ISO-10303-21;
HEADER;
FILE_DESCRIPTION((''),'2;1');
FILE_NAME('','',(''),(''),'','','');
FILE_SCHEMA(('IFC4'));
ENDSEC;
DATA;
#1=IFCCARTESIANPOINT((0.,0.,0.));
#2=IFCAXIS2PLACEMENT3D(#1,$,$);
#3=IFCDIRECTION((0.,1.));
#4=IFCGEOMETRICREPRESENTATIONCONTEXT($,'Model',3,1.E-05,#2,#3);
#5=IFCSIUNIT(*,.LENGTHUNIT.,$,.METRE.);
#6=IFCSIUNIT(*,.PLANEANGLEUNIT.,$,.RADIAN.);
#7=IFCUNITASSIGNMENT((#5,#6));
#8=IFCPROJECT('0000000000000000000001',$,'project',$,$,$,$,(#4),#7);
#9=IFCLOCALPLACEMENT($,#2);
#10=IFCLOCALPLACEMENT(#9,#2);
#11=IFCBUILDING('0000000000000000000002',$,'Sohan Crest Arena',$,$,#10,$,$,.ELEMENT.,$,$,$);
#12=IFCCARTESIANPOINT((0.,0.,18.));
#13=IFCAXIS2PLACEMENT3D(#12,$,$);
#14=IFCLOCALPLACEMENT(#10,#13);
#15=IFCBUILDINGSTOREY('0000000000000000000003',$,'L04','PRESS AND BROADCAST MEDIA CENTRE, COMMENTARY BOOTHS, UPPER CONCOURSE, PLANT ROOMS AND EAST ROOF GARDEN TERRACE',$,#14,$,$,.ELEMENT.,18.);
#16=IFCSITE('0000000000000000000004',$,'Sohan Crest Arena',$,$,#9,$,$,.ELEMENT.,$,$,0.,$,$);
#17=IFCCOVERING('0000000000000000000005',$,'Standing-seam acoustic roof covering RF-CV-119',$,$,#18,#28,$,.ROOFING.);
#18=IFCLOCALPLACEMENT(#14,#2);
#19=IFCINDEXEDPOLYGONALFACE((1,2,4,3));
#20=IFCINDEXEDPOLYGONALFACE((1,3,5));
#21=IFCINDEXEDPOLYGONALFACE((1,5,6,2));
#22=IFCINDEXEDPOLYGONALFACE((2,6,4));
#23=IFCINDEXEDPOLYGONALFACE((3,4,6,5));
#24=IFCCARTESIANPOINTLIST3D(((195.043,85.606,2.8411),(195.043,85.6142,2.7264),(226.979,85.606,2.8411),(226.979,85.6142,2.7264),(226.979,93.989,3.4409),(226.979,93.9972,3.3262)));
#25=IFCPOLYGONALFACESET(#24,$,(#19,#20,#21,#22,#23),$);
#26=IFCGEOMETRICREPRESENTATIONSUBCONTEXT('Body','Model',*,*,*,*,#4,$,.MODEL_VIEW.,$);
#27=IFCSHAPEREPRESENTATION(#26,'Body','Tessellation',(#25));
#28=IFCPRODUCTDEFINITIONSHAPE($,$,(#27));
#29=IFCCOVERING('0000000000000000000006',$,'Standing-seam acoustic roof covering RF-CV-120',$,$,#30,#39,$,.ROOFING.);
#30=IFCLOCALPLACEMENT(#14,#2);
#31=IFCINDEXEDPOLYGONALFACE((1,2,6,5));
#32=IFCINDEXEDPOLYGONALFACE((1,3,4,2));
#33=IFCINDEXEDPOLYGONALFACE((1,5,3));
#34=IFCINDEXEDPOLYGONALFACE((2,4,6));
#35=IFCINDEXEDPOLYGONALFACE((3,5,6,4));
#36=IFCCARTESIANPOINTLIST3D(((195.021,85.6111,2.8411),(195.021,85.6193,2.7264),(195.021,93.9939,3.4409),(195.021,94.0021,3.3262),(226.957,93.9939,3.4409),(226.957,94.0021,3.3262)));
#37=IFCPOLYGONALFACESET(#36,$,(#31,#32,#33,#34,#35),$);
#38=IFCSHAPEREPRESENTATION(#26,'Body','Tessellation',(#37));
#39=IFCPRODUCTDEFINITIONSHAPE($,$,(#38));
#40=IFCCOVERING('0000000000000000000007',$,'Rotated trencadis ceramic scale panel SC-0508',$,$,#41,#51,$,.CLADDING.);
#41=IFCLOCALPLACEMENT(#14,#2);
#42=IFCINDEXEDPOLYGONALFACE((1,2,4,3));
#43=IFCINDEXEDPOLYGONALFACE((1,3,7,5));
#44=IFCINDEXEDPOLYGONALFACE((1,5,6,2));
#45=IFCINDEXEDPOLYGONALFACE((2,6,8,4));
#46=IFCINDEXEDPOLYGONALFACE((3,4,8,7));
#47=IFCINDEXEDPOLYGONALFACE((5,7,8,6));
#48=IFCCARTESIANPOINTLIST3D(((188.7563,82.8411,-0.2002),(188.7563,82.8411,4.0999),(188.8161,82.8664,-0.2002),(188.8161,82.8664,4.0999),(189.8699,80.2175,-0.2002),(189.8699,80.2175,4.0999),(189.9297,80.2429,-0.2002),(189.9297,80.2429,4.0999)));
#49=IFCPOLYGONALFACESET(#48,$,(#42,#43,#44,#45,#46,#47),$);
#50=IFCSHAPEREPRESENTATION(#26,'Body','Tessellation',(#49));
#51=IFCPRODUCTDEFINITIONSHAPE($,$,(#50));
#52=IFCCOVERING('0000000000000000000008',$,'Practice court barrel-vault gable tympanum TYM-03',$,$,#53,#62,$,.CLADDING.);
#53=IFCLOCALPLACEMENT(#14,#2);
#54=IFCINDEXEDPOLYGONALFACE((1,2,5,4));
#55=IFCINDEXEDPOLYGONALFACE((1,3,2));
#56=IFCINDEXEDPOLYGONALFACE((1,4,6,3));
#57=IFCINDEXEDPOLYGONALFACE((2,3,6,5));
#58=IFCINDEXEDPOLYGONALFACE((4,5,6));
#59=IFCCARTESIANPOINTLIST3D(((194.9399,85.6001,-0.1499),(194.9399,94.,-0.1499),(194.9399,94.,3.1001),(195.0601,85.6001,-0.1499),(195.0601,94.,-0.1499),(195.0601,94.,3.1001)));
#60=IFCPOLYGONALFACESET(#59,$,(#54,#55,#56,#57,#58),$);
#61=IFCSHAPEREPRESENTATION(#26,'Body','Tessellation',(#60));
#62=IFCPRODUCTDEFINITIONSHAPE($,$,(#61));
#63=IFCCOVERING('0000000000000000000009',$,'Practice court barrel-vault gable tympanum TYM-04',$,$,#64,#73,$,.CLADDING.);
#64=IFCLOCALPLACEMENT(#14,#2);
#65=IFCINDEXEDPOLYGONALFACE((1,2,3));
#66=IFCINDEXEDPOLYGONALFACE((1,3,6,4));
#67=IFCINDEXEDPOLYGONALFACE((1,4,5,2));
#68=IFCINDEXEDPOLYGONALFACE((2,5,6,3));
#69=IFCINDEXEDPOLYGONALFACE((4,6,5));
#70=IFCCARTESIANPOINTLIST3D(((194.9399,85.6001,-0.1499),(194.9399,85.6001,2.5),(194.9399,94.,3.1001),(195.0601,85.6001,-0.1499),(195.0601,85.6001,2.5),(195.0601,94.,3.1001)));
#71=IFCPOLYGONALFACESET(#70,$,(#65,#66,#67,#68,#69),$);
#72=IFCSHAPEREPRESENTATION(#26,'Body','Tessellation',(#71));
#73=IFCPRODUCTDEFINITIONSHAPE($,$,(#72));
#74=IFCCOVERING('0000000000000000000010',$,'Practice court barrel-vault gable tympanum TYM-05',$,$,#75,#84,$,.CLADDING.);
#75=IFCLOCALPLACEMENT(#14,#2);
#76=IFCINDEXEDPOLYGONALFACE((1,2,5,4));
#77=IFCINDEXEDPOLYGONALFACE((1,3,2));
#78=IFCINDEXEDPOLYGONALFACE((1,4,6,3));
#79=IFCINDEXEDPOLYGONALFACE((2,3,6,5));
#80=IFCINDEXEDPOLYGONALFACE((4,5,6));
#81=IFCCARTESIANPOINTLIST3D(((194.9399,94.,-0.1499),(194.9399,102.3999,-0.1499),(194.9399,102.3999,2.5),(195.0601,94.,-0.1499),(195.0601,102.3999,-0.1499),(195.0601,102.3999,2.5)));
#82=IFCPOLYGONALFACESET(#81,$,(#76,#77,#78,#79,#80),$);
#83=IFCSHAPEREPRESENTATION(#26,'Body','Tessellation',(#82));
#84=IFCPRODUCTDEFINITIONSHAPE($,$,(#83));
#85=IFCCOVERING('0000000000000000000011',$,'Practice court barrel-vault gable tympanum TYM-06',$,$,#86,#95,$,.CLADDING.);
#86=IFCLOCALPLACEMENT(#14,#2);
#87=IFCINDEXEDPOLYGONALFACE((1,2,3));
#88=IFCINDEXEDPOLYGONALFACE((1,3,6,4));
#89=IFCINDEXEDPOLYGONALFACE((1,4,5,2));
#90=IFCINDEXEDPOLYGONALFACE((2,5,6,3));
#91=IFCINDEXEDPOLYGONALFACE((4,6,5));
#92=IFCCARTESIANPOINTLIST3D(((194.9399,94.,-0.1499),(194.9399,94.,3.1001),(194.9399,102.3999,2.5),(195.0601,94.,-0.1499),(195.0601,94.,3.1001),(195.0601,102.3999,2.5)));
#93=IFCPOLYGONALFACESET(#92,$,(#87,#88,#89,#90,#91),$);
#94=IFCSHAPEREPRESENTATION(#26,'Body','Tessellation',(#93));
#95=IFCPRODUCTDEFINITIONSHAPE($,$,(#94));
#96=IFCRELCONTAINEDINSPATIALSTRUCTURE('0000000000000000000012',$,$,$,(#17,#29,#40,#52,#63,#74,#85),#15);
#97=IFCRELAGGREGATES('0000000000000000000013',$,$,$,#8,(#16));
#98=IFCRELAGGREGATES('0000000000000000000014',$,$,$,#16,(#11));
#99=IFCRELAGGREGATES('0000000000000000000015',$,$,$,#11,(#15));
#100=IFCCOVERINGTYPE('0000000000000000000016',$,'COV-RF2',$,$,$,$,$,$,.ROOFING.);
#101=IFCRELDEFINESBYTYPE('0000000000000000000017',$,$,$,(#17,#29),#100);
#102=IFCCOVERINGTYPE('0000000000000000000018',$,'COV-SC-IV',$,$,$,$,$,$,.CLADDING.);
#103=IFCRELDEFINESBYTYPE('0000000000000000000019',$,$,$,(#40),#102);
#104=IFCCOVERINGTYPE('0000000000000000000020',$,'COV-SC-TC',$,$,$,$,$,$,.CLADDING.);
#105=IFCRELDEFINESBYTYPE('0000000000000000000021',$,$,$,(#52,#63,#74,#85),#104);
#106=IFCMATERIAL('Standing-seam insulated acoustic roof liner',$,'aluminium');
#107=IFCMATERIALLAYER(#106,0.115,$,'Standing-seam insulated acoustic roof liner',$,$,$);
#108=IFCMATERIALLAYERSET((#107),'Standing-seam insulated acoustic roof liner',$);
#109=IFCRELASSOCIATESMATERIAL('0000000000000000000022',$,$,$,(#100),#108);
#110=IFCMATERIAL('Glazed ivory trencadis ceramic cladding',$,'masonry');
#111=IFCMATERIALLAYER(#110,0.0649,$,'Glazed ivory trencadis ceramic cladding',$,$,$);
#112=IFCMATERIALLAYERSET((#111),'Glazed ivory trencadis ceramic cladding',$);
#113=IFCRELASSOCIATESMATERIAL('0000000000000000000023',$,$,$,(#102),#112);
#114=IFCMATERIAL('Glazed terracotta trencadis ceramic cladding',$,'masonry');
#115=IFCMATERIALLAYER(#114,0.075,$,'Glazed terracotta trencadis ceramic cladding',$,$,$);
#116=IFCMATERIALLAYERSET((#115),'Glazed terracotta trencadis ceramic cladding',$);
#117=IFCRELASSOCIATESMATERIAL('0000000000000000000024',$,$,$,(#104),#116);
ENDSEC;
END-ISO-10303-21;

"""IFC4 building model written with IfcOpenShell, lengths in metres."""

from ifc_helpers import new_model, si_unit, direction, frame, origin, origin_2d, place, context, subcontext, project, spatial, polyline, rectangle, outline, extrude, material, layer, layer_set, type_object, element, save


model = new_model("IFC4")

# Units and contexts
model_context = context("Model", 3, precision=1e-05, world=origin(), true_north=direction((0.0, 1.0)))
body_context = subcontext(model_context, "Body", "Model", "MODEL_VIEW")
ifc_project = project(units=[si_unit("LENGTHUNIT", "METRE"), si_unit("PLANEANGLEUNIT", "RADIAN")], contexts=[model_context])

# Site, building, storey
site_placement = place(None, origin())
site = spatial("IfcSite", under=ifc_project, at=site_placement, Name="Sohan Crest Arena", CompositionType="ELEMENT", RefElevation=0.0)
building_placement = place(site_placement, origin())
building = spatial("IfcBuilding", under=site, at=building_placement, Name="Sohan Crest Arena", CompositionType="ELEMENT")
storey_placement = place(building_placement, frame((0.0, 0.0, 18.0)))
storey = spatial("IfcBuildingStorey", under=building, at=storey_placement, Name="L04", Description="PRESS AND BROADCAST MEDIA CENTRE, COMMENTARY BOOTHS, UPPER CONCOURSE, PLANT ROOMS AND EAST ROOF GARDEN TERRACE", CompositionType="ELEMENT", Elevation=18.0)

# Coverings
ifc_material_1 = material(Name="Standing-seam insulated acoustic roof liner", Category="aluminium")
ifc_layer_1 = layer(ifc_material_1, 0.115, Name="Standing-seam insulated acoustic roof liner")
ifc_layer_set_1 = layer_set([ifc_layer_1], Name="Standing-seam insulated acoustic roof liner")
covering_type_1 = type_object("IfcCoveringType", Name="COV-RF2", PredefinedType="ROOFING", material=ifc_layer_set_1)
covering_1_placement = place(storey_placement, frame((195.043, 85.606, 2.8411), z_axis=(0.0, -0.071373, 0.99745), x_axis=(1.0, 0.0, 0.0)))
element("IfcCovering", 1, at=covering_1_placement, inside=storey, type_object=covering_type_1, Name="Standing-seam acoustic roof covering RF-CV-119", PredefinedType="ROOFING", context=body_context, shape_type="SweptSolid", body=[
    extrude(outline(polyline([(0.0, 0.0), (31.936, 0.0), (31.936, 8.4045), (0.0, 0.0)])), origin(), (0.0, 0.0, -1.0), 0.115),
])
covering_2_placement = place(storey_placement, frame((195.021, 85.6111, 2.8411), z_axis=(0.0, -0.071375, 0.99745), x_axis=(0.967074, 0.253845, 0.018165)))
element("IfcCovering", 2, at=covering_2_placement, inside=storey, type_object=covering_type_1, Name="Standing-seam acoustic roof covering RF-CV-120", PredefinedType="ROOFING", context=body_context, shape_type="SweptSolid", body=[
    extrude(outline(polyline([(0.0, 0.0), (33.0234, 0.0), (2.1388, 8.1275), (0.0, 0.0)])), origin(), (0.0, 0.0, -1.0), 0.115),
])
ifc_material_2 = material(Name="Glazed ivory trencadis ceramic cladding", Category="masonry")
ifc_layer_2 = layer(ifc_material_2, 0.0649, Name="Glazed ivory trencadis ceramic cladding")
ifc_layer_set_2 = layer_set([ifc_layer_2], Name="Glazed ivory trencadis ceramic cladding")
covering_type_2 = type_object("IfcCoveringType", Name="COV-SC-IV", PredefinedType="CLADDING", material=ifc_layer_set_2)
covering_3_placement = place(storey_placement, frame((189.343, 81.542, -0.2002), z_axis=(0.0, 0.0, 1.0), x_axis=(-0.390731, 0.920505, 0.0)))
element("IfcCovering", 3, at=covering_3_placement, inside=storey, type_object=covering_type_2, Name="Rotated trencadis ceramic scale panel SC-0508", PredefinedType="CLADDING", context=body_context, shape_type="SweptSolid", body=[
    extrude(rectangle(XDim=2.8501, YDim=0.0649, at=origin_2d()), origin(), (0.0, 0.0, 1.0), 4.3),
])
ifc_material_3 = material(Name="Glazed terracotta trencadis ceramic cladding", Category="masonry")
ifc_layer_3 = layer(ifc_material_3, 0.075, Name="Glazed terracotta trencadis ceramic cladding")
ifc_layer_set_3 = layer_set([ifc_layer_3], Name="Glazed terracotta trencadis ceramic cladding")
covering_type_3 = type_object("IfcCoveringType", Name="COV-SC-TC", PredefinedType="CLADDING", material=ifc_layer_set_3)
covering_4_placement = place(storey_placement, frame((195.0601, 85.6001, -0.1499), z_axis=(1.0, 0.0, 0.0), x_axis=(0.0, 1.0, 0.0)))
element("IfcCovering", 4, at=covering_4_placement, inside=storey, type_object=covering_type_3, Name="Practice court barrel-vault gable tympanum TYM-03", PredefinedType="CLADDING", context=body_context, shape_type="SweptSolid", body=[
    extrude(outline(polyline([(0.0, 0.0), (8.3999, 0.0), (8.3999, 3.25), (0.0, 0.0)])), origin(), (0.0, 0.0, -1.0), 0.1201),
])
covering_5_placement = place(storey_placement, frame((195.0601, 85.6001, -0.1499), z_axis=(1.0, 0.0, 0.0), x_axis=(0.0, 0.932627, 0.360842)))
element("IfcCovering", 5, at=covering_5_placement, inside=storey, type_object=covering_type_3, Name="Practice court barrel-vault gable tympanum TYM-04", PredefinedType="CLADDING", context=body_context, shape_type="SweptSolid", body=[
    extrude(outline(polyline([(0.0, 0.0), (9.0067, 0.0), (0.9562, 2.4714), (0.0, 0.0)])), origin(), (0.0, 0.0, -1.0), 0.1201),
])
covering_6_placement = place(storey_placement, frame((195.0601, 94.0, -0.1499), z_axis=(1.0, 0.0, 0.0), x_axis=(0.0, 1.0, 0.0)))
element("IfcCovering", 6, at=covering_6_placement, inside=storey, type_object=covering_type_3, Name="Practice court barrel-vault gable tympanum TYM-05", PredefinedType="CLADDING", context=body_context, shape_type="SweptSolid", body=[
    extrude(outline(polyline([(0.0, 0.0), (8.3999, 0.0), (8.3999, 2.6499), (0.0, 0.0)])), origin(), (0.0, 0.0, -1.0), 0.1201),
])
covering_7_placement = place(storey_placement, frame((195.0601, 94.0, -0.1499), z_axis=(1.0, 0.0, 0.0), x_axis=(0.0, 0.953671, 0.300853)))
element("IfcCovering", 7, at=covering_7_placement, inside=storey, type_object=covering_type_3, Name="Practice court barrel-vault gable tympanum TYM-06", PredefinedType="CLADDING", context=body_context, shape_type="SweptSolid", body=[
    extrude(outline(polyline([(0.0, 0.0), (8.808, 0.0), (0.9778, 3.0994), (0.0, 0.0)])), origin(), (0.0, 0.0, -1.0), 0.1201),
])

save(model, "model.ifc")
